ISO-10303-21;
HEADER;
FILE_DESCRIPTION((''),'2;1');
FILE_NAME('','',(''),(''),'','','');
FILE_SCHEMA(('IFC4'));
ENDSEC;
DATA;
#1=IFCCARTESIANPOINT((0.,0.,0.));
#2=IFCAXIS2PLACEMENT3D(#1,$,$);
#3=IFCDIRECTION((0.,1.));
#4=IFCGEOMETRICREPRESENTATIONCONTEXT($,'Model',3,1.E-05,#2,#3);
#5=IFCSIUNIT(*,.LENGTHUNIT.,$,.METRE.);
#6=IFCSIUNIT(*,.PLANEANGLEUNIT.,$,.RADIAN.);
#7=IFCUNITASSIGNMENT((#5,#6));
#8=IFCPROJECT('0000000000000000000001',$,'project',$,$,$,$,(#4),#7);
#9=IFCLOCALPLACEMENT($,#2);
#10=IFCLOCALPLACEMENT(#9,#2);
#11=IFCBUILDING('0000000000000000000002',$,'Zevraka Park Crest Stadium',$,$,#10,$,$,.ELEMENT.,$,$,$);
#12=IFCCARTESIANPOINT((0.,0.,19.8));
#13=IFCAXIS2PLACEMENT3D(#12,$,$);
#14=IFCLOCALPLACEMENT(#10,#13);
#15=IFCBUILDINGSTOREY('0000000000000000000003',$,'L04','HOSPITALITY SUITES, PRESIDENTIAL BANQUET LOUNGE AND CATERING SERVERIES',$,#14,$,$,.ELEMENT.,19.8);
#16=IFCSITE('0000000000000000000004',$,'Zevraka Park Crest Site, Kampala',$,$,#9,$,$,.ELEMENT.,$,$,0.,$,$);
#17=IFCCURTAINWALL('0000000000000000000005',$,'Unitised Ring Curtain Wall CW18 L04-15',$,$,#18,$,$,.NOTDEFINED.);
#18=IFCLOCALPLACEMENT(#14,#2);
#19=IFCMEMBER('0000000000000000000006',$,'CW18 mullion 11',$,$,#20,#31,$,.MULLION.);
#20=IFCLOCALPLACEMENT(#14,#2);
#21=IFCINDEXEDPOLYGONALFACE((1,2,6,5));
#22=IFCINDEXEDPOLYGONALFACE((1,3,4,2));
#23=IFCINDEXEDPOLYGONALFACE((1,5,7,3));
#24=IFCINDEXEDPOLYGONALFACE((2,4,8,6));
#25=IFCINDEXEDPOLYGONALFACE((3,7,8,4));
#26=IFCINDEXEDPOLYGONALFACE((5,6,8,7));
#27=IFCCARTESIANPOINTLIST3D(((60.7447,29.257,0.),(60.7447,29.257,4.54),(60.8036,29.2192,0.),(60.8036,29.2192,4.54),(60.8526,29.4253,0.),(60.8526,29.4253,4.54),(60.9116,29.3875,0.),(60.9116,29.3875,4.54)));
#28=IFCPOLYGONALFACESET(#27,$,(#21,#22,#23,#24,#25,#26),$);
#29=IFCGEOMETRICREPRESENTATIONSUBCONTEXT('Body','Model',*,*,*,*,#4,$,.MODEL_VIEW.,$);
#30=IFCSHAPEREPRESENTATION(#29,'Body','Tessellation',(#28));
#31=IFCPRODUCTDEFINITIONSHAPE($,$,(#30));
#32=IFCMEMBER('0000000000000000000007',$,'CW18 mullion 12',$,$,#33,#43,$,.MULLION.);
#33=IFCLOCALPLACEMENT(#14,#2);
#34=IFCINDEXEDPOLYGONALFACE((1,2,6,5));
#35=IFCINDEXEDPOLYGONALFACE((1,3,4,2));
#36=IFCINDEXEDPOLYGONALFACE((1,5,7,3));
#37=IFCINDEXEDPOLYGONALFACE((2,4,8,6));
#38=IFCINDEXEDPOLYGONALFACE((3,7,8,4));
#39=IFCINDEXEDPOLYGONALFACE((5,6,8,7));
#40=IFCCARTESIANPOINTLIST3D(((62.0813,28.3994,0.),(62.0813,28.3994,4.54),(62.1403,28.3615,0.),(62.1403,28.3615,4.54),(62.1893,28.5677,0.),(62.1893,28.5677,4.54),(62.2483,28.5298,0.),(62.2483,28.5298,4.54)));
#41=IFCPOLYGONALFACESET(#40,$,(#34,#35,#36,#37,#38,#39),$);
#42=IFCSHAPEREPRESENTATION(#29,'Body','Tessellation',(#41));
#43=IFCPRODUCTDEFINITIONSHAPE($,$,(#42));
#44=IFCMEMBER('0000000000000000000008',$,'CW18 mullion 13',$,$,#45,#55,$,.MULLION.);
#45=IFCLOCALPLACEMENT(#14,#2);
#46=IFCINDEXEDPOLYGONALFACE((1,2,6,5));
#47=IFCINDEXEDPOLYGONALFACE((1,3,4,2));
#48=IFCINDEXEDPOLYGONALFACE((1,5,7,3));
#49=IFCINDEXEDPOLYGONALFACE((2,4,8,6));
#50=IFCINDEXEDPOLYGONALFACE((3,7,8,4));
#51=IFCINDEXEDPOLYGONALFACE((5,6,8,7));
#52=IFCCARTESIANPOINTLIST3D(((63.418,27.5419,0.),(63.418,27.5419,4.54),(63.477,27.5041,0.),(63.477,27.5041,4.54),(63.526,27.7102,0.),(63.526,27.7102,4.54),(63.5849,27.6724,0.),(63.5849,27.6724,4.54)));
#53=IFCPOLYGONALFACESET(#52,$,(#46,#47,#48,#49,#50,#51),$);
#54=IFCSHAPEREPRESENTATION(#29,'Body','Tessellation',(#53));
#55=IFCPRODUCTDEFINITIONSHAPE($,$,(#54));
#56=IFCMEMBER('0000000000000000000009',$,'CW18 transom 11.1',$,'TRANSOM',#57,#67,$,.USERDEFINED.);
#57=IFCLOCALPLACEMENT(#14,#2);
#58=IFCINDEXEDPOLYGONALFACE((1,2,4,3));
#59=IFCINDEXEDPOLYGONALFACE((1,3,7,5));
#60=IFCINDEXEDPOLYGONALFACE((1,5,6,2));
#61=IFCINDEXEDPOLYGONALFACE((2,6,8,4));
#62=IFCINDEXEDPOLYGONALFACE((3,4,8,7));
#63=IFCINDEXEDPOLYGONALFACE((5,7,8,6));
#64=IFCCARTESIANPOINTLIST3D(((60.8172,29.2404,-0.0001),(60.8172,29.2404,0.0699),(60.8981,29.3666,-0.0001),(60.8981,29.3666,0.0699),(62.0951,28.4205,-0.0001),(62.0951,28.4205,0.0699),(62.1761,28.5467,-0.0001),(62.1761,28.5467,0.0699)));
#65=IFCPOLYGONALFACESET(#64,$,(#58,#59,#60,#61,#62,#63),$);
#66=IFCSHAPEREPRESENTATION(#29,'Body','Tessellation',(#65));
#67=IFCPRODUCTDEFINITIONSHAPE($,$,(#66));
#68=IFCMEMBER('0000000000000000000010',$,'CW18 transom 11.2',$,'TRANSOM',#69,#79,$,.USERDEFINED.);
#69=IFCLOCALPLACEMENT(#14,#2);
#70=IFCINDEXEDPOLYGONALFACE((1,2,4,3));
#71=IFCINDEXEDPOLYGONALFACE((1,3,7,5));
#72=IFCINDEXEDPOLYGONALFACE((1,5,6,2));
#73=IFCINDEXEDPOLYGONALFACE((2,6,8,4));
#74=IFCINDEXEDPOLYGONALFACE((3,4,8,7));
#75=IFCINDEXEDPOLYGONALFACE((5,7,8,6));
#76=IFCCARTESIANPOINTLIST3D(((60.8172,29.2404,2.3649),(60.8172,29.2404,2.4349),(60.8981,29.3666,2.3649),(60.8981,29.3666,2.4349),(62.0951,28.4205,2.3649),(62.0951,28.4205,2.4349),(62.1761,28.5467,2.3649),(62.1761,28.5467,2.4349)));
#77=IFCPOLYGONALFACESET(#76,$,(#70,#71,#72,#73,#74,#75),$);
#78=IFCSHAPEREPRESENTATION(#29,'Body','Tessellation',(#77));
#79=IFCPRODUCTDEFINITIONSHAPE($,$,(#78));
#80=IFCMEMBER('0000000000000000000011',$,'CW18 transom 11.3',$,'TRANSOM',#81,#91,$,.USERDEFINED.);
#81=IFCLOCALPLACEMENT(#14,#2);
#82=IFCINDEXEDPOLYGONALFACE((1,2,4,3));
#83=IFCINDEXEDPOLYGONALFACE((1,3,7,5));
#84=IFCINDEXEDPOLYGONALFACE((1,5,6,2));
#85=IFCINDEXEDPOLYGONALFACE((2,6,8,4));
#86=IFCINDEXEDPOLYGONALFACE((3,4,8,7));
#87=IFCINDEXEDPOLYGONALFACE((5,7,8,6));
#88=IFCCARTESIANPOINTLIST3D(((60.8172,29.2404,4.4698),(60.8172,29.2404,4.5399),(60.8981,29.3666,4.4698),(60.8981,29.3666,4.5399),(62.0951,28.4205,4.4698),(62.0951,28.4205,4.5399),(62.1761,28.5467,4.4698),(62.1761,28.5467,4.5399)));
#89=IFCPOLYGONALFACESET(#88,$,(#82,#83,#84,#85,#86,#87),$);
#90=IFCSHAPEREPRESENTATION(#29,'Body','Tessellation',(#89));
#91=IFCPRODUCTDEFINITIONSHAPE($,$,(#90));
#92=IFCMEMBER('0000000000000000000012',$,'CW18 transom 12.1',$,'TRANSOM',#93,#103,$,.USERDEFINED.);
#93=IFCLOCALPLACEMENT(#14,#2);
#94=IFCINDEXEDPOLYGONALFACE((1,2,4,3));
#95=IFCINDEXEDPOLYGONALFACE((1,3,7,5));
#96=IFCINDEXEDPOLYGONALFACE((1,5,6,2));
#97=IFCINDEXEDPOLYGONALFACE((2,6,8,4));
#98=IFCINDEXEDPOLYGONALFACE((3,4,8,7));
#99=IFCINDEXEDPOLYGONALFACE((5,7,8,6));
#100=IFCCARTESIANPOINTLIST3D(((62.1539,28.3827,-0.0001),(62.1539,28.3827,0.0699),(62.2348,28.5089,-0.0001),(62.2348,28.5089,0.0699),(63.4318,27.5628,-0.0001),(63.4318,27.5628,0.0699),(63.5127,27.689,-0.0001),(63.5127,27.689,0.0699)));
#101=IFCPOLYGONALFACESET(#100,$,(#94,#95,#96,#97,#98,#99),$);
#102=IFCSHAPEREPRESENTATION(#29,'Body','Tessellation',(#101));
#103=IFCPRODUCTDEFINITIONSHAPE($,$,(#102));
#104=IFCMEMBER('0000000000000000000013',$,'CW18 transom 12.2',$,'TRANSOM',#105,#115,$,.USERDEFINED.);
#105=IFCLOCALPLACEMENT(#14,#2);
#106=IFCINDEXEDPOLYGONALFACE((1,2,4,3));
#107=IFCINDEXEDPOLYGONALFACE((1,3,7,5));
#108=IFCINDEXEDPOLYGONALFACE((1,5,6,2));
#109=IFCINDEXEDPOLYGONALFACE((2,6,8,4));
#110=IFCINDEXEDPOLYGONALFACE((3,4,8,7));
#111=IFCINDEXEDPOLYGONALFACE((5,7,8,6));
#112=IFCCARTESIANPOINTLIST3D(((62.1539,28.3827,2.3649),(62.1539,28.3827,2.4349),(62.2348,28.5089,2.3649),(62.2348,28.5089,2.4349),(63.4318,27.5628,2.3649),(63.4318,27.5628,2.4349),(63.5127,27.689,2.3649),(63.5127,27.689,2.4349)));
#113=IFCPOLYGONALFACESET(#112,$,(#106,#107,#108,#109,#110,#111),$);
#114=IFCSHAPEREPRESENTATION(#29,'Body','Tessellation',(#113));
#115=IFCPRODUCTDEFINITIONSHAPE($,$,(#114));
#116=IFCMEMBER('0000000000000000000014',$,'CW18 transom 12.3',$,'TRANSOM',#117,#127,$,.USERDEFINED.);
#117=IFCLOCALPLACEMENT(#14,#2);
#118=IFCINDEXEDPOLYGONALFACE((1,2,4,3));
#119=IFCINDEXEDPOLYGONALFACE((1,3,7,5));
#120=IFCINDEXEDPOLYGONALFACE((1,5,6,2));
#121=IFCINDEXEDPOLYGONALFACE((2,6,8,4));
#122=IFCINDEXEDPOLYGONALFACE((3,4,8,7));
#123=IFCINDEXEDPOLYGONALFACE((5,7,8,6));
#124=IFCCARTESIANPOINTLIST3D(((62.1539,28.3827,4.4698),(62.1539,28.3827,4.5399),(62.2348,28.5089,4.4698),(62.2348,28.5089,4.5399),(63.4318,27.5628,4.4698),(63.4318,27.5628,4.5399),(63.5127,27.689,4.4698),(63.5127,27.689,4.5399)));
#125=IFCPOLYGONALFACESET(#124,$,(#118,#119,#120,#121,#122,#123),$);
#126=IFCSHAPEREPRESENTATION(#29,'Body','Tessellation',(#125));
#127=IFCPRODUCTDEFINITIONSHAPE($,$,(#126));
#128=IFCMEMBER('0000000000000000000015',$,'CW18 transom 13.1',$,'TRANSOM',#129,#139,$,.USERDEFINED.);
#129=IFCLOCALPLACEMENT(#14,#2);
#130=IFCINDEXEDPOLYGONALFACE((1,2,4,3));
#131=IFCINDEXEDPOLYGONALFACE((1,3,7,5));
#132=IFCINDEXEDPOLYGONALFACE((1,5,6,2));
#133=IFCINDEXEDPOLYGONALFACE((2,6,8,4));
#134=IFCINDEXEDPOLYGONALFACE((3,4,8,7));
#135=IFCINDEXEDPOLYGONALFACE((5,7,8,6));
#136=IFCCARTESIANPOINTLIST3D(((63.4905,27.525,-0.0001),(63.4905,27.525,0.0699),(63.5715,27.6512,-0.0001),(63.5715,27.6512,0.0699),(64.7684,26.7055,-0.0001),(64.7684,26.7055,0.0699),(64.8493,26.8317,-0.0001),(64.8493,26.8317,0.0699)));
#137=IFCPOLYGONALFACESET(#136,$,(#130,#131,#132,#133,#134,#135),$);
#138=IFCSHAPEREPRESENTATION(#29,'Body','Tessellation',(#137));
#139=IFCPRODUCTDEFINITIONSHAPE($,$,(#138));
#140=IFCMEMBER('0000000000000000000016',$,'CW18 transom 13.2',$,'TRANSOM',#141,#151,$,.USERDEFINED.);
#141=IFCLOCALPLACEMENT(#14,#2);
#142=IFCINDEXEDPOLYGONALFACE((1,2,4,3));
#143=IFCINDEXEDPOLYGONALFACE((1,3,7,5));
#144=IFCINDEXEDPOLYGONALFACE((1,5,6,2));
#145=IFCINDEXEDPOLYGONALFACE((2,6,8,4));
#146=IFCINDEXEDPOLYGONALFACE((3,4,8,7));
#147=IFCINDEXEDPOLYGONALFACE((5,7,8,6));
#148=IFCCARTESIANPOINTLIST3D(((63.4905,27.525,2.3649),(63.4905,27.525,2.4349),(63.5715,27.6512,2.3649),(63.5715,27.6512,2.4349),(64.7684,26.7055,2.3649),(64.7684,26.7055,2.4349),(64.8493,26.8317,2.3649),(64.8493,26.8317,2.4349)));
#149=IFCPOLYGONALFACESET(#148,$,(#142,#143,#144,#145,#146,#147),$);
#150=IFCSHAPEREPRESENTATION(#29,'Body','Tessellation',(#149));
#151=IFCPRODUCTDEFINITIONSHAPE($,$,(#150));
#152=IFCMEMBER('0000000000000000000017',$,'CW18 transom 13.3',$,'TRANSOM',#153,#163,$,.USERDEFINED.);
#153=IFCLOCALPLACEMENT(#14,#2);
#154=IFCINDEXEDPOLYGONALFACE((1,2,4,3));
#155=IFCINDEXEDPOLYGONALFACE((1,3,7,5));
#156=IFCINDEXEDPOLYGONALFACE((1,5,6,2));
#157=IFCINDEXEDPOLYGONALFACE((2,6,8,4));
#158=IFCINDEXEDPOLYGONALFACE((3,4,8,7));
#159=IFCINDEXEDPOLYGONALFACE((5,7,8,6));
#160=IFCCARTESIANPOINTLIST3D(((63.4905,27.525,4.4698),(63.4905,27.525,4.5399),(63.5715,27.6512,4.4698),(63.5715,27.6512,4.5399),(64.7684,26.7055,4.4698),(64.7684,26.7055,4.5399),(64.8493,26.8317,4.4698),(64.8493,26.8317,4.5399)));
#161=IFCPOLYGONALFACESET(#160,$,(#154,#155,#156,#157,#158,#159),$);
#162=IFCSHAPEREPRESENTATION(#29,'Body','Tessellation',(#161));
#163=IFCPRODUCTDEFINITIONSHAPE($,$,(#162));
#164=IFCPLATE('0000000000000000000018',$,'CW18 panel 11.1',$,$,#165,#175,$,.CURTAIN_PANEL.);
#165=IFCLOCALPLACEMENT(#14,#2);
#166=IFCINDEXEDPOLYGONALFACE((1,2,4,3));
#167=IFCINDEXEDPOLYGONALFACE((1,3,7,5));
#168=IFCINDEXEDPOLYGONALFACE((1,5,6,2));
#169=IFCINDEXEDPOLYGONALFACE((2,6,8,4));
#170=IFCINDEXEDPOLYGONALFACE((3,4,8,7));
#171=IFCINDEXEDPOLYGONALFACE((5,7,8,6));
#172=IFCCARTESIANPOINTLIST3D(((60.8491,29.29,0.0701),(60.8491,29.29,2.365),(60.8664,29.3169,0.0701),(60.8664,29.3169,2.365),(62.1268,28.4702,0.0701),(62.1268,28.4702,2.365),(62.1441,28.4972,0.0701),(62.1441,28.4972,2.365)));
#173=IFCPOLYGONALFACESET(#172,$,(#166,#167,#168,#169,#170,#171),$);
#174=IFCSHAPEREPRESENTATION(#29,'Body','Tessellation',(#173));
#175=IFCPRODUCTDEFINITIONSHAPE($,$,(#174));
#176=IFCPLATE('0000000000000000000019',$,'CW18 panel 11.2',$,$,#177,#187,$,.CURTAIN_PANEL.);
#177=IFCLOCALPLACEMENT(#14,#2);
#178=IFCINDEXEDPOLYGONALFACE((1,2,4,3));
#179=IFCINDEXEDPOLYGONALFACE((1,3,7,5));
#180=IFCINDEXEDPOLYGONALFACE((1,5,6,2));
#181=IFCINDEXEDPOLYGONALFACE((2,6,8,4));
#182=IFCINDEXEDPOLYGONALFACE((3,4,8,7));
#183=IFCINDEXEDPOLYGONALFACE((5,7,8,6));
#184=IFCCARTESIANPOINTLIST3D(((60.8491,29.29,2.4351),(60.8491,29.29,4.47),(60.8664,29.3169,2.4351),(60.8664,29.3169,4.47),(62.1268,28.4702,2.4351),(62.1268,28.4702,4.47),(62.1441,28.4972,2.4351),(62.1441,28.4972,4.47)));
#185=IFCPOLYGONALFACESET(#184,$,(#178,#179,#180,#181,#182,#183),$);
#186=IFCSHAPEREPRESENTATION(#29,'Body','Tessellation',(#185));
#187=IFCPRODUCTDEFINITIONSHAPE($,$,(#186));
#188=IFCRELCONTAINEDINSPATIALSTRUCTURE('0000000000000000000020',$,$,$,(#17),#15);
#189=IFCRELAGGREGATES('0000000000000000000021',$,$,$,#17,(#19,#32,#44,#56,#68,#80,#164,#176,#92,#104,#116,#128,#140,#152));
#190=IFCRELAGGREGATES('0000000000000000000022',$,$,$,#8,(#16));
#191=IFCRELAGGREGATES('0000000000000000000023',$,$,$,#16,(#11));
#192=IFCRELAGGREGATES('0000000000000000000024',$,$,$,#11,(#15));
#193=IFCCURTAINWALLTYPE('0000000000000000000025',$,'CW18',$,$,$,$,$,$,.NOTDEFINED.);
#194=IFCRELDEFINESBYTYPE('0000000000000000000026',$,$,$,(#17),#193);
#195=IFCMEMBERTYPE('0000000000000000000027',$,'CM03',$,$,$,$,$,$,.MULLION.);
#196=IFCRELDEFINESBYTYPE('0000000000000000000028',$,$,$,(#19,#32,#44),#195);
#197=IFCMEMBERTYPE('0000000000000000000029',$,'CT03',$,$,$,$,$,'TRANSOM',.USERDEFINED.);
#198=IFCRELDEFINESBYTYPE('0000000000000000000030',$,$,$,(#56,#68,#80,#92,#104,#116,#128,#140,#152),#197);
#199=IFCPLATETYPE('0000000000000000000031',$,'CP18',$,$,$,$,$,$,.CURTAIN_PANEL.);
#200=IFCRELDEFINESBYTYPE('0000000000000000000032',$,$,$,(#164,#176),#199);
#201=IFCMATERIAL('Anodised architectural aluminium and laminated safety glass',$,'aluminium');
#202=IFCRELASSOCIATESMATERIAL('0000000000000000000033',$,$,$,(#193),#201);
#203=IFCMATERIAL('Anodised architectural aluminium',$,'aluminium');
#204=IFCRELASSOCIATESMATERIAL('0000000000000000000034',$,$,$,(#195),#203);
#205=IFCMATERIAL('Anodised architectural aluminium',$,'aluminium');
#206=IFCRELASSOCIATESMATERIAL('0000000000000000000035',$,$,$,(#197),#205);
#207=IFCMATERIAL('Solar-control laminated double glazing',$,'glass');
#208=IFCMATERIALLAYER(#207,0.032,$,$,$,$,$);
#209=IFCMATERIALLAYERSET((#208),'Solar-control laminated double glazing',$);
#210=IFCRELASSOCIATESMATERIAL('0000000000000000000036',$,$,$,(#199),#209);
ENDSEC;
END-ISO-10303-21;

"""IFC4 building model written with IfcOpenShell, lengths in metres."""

from ifc_helpers import new_model, si_unit, direction, frame, origin, origin_2d, place, context, subcontext, project, spatial, rectangle, extrude, material, layer, layer_set, material_profile, profile_set, type_object, element, aggregate, save


model = new_model("IFC4")

# Units and contexts
model_context = context("Model", 3, precision=1e-05, world=origin(), true_north=direction((0.0, 1.0)))
body_context = subcontext(model_context, "Body", "Model", "MODEL_VIEW")
ifc_project = project(units=[si_unit("LENGTHUNIT", "METRE"), si_unit("PLANEANGLEUNIT", "RADIAN")], contexts=[model_context])

# Site, building, storey
site_placement = place(None, origin())
site = spatial("IfcSite", under=ifc_project, at=site_placement, Name="Zevraka Park Crest Site, Kampala", CompositionType="ELEMENT", RefElevation=0.0)
building_placement = place(site_placement, origin())
building = spatial("IfcBuilding", under=site, at=building_placement, Name="Zevraka Park Crest Stadium", CompositionType="ELEMENT")
storey_placement = place(building_placement, frame((0.0, 0.0, 19.8)))
storey = spatial("IfcBuildingStorey", under=building, at=storey_placement, Name="L04", Description="HOSPITALITY SUITES, PRESIDENTIAL BANQUET LOUNGE AND CATERING SERVERIES", CompositionType="ELEMENT", Elevation=19.8)

# Curtain wall, members, plates
ifc_material_1 = material(Name="Anodised architectural aluminium and laminated safety glass", Category="aluminium")
curtain_wall_type = type_object("IfcCurtainWallType", Name="CW18", PredefinedType="NOTDEFINED", material=ifc_material_1)
curtain_wall_placement = place(storey_placement, origin())
curtain_wall = element("IfcCurtainWall", 1, at=curtain_wall_placement, inside=storey, type_object=curtain_wall_type, Name="Unitised Ring Curtain Wall CW18 L04-15", PredefinedType="NOTDEFINED")
ifc_material_2 = material(Name="Anodised architectural aluminium", Category="aluminium")
ifc_material_profile_1 = material_profile(ifc_material_2, rectangle(XDim=0.2, YDim=0.0701, at=origin_2d()), Name="ALU MULLION 200x70")
ifc_profile_set_1 = profile_set([ifc_material_profile_1], Name="Anodised architectural aluminium")
member_type_1 = type_object("IfcMemberType", Name="CM03", PredefinedType="MULLION", material=ifc_profile_set_1)
member_1_placement = place(storey_placement, frame((60.8281, 29.3223, 0.0), z_axis=(0.0, 0.0, 1.0), x_axis=(0.53998, 0.841678, 0.0)))
member_1 = element("IfcMember", 2, at=member_1_placement, type_object=member_type_1, Name="CW18 mullion 11", PredefinedType="MULLION", context=body_context, shape_type="SweptSolid", body=[
    extrude(rectangle(XDim=0.2, YDim=0.0701, at=origin_2d()), origin(), (0.0, 0.0, 1.0), 4.54),
])
member_2_placement = place(storey_placement, frame((62.1648, 28.4646, 0.0), z_axis=(0.0, 0.0, 1.0), x_axis=(0.53998, 0.841678, 0.0)))
member_2 = element("IfcMember", 3, at=member_2_placement, type_object=member_type_1, Name="CW18 mullion 12", PredefinedType="MULLION", context=body_context, shape_type="SweptSolid", body=[
    extrude(rectangle(XDim=0.2, YDim=0.0701, at=origin_2d()), origin(), (0.0, 0.0, 1.0), 4.54),
])
member_3_placement = place(storey_placement, frame((63.5015, 27.6072, 0.0), z_axis=(0.0, 0.0, 1.0), x_axis=(0.53998, 0.841678, 0.0)))
member_3 = element("IfcMember", 4, at=member_3_placement, type_object=member_type_1, Name="CW18 mullion 13", PredefinedType="MULLION", context=body_context, shape_type="SweptSolid", body=[
    extrude(rectangle(XDim=0.2, YDim=0.0701, at=origin_2d()), origin(), (0.0, 0.0, 1.0), 4.54),
])
ifc_material_3 = material(Name="Anodised architectural aluminium", Category="aluminium")
ifc_material_profile_2 = material_profile(ifc_material_3, rectangle(XDim=0.1499, YDim=0.0701, at=origin_2d()), Name="ALU TRANSOM 150x70")
ifc_profile_set_2 = profile_set([ifc_material_profile_2], Name="Anodised architectural aluminium")
member_type_2 = type_object("IfcMemberType", Name="CT03", ElementType="TRANSOM", PredefinedType="USERDEFINED", material=ifc_profile_set_2)
member_4_placement = place(storey_placement, frame((60.8577, 29.3035, 0.0349), z_axis=(0.841669, -0.539993, 0.0), x_axis=(0.539993, 0.841669, 0.0)))
member_4 = element("IfcMember", 5, at=member_4_placement, type_object=member_type_2, Name="CW18 transom 11.1", ObjectType="TRANSOM", PredefinedType="USERDEFINED", context=body_context, shape_type="SweptSolid", body=[
    extrude(rectangle(XDim=0.1499, YDim=0.0701, at=origin_2d()), origin(), (0.0, 0.0, 1.0), 1.5183),
])
member_5_placement = place(storey_placement, frame((60.8577, 29.3035, 2.3999), z_axis=(0.841669, -0.539993, 0.0), x_axis=(0.539993, 0.841669, 0.0)))
member_5 = element("IfcMember", 6, at=member_5_placement, type_object=member_type_2, Name="CW18 transom 11.2", ObjectType="TRANSOM", PredefinedType="USERDEFINED", context=body_context, shape_type="SweptSolid", body=[
    extrude(rectangle(XDim=0.1499, YDim=0.0701, at=origin_2d()), origin(), (0.0, 0.0, 1.0), 1.5183),
])
member_6_placement = place(storey_placement, frame((60.8577, 29.3035, 4.5049), z_axis=(0.841669, -0.539993, 0.0), x_axis=(0.539993, 0.841669, 0.0)))
member_6 = element("IfcMember", 7, at=member_6_placement, type_object=member_type_2, Name="CW18 transom 11.3", ObjectType="TRANSOM", PredefinedType="USERDEFINED", context=body_context, shape_type="SweptSolid", body=[
    extrude(rectangle(XDim=0.1499, YDim=0.0701, at=origin_2d()), origin(), (0.0, 0.0, 1.0), 1.5183),
])
member_7_placement = place(storey_placement, frame((62.1943, 28.4458, 0.0349), z_axis=(0.841669, -0.539993, 0.0), x_axis=(0.539993, 0.841669, 0.0)))
member_7 = element("IfcMember", 8, at=member_7_placement, type_object=member_type_2, Name="CW18 transom 12.1", ObjectType="TRANSOM", PredefinedType="USERDEFINED", context=body_context, shape_type="SweptSolid", body=[
    extrude(rectangle(XDim=0.1499, YDim=0.0701, at=origin_2d()), origin(), (0.0, 0.0, 1.0), 1.5183),
])
member_8_placement = place(storey_placement, frame((62.1943, 28.4458, 2.3999), z_axis=(0.841669, -0.539993, 0.0), x_axis=(0.539993, 0.841669, 0.0)))
member_8 = element("IfcMember", 9, at=member_8_placement, type_object=member_type_2, Name="CW18 transom 12.2", ObjectType="TRANSOM", PredefinedType="USERDEFINED", context=body_context, shape_type="SweptSolid", body=[
    extrude(rectangle(XDim=0.1499, YDim=0.0701, at=origin_2d()), origin(), (0.0, 0.0, 1.0), 1.5183),
])
member_9_placement = place(storey_placement, frame((62.1943, 28.4458, 4.5049), z_axis=(0.841669, -0.539993, 0.0), x_axis=(0.539993, 0.841669, 0.0)))
member_9 = element("IfcMember", 10, at=member_9_placement, type_object=member_type_2, Name="CW18 transom 12.3", ObjectType="TRANSOM", PredefinedType="USERDEFINED", context=body_context, shape_type="SweptSolid", body=[
    extrude(rectangle(XDim=0.1499, YDim=0.0701, at=origin_2d()), origin(), (0.0, 0.0, 1.0), 1.5183),
])
member_10_placement = place(storey_placement, frame((63.531, 27.5881, 0.0349), z_axis=(0.841742, -0.539879, 0.0), x_axis=(0.539879, 0.841742, 0.0)))
member_10 = element("IfcMember", 11, at=member_10_placement, type_object=member_type_2, Name="CW18 transom 13.1", ObjectType="TRANSOM", PredefinedType="USERDEFINED", context=body_context, shape_type="SweptSolid", body=[
    extrude(rectangle(XDim=0.1499, YDim=0.0701, at=origin_2d()), origin(), (0.0, 0.0, 1.0), 1.5181),
])
member_11_placement = place(storey_placement, frame((63.531, 27.5881, 2.3999), z_axis=(0.841742, -0.539879, 0.0), x_axis=(0.539879, 0.841742, 0.0)))
member_11 = element("IfcMember", 12, at=member_11_placement, type_object=member_type_2, Name="CW18 transom 13.2", ObjectType="TRANSOM", PredefinedType="USERDEFINED", context=body_context, shape_type="SweptSolid", body=[
    extrude(rectangle(XDim=0.1499, YDim=0.0701, at=origin_2d()), origin(), (0.0, 0.0, 1.0), 1.5181),
])
member_12_placement = place(storey_placement, frame((63.531, 27.5881, 4.5049), z_axis=(0.841742, -0.539879, 0.0), x_axis=(0.539879, 0.841742, 0.0)))
member_12 = element("IfcMember", 13, at=member_12_placement, type_object=member_type_2, Name="CW18 transom 13.3", ObjectType="TRANSOM", PredefinedType="USERDEFINED", context=body_context, shape_type="SweptSolid", body=[
    extrude(rectangle(XDim=0.1499, YDim=0.0701, at=origin_2d()), origin(), (0.0, 0.0, 1.0), 1.5181),
])
ifc_material_4 = material(Name="Solar-control laminated double glazing", Category="glass")
ifc_layer_1 = layer(ifc_material_4, 0.032)
ifc_layer_set_1 = layer_set([ifc_layer_1], Name="Solar-control laminated double glazing")
plate_type = type_object("IfcPlateType", Name="CP18", PredefinedType="CURTAIN_PANEL", material=ifc_layer_set_1)
plate_1_placement = place(storey_placement, frame((61.4966, 28.8936, 0.0701), z_axis=(0.0, 0.0, 1.0), x_axis=(0.841678, -0.53998, 0.0)))
plate_1 = element("IfcPlate", 14, at=plate_1_placement, type_object=plate_type, Name="CW18 panel 11.1", PredefinedType="CURTAIN_PANEL", context=body_context, shape_type="SweptSolid", body=[
    extrude(rectangle(XDim=1.5181, YDim=0.032, at=origin_2d()), origin(), (0.0, 0.0, 1.0), 2.2949),
])
plate_2_placement = place(storey_placement, frame((61.4966, 28.8936, 2.4351), z_axis=(0.0, 0.0, 1.0), x_axis=(0.841678, -0.53998, 0.0)))
plate_2 = element("IfcPlate", 15, at=plate_2_placement, type_object=plate_type, Name="CW18 panel 11.2", PredefinedType="CURTAIN_PANEL", context=body_context, shape_type="SweptSolid", body=[
    extrude(rectangle(XDim=1.5181, YDim=0.032, at=origin_2d()), origin(), (0.0, 0.0, 1.0), 2.0349),
])
aggregate(curtain_wall, [member_1, member_2, member_3, member_4, member_5, member_6, plate_1, plate_2, member_7, member_8, member_9, member_10, member_11, member_12])

save(model, "model.ifc")
